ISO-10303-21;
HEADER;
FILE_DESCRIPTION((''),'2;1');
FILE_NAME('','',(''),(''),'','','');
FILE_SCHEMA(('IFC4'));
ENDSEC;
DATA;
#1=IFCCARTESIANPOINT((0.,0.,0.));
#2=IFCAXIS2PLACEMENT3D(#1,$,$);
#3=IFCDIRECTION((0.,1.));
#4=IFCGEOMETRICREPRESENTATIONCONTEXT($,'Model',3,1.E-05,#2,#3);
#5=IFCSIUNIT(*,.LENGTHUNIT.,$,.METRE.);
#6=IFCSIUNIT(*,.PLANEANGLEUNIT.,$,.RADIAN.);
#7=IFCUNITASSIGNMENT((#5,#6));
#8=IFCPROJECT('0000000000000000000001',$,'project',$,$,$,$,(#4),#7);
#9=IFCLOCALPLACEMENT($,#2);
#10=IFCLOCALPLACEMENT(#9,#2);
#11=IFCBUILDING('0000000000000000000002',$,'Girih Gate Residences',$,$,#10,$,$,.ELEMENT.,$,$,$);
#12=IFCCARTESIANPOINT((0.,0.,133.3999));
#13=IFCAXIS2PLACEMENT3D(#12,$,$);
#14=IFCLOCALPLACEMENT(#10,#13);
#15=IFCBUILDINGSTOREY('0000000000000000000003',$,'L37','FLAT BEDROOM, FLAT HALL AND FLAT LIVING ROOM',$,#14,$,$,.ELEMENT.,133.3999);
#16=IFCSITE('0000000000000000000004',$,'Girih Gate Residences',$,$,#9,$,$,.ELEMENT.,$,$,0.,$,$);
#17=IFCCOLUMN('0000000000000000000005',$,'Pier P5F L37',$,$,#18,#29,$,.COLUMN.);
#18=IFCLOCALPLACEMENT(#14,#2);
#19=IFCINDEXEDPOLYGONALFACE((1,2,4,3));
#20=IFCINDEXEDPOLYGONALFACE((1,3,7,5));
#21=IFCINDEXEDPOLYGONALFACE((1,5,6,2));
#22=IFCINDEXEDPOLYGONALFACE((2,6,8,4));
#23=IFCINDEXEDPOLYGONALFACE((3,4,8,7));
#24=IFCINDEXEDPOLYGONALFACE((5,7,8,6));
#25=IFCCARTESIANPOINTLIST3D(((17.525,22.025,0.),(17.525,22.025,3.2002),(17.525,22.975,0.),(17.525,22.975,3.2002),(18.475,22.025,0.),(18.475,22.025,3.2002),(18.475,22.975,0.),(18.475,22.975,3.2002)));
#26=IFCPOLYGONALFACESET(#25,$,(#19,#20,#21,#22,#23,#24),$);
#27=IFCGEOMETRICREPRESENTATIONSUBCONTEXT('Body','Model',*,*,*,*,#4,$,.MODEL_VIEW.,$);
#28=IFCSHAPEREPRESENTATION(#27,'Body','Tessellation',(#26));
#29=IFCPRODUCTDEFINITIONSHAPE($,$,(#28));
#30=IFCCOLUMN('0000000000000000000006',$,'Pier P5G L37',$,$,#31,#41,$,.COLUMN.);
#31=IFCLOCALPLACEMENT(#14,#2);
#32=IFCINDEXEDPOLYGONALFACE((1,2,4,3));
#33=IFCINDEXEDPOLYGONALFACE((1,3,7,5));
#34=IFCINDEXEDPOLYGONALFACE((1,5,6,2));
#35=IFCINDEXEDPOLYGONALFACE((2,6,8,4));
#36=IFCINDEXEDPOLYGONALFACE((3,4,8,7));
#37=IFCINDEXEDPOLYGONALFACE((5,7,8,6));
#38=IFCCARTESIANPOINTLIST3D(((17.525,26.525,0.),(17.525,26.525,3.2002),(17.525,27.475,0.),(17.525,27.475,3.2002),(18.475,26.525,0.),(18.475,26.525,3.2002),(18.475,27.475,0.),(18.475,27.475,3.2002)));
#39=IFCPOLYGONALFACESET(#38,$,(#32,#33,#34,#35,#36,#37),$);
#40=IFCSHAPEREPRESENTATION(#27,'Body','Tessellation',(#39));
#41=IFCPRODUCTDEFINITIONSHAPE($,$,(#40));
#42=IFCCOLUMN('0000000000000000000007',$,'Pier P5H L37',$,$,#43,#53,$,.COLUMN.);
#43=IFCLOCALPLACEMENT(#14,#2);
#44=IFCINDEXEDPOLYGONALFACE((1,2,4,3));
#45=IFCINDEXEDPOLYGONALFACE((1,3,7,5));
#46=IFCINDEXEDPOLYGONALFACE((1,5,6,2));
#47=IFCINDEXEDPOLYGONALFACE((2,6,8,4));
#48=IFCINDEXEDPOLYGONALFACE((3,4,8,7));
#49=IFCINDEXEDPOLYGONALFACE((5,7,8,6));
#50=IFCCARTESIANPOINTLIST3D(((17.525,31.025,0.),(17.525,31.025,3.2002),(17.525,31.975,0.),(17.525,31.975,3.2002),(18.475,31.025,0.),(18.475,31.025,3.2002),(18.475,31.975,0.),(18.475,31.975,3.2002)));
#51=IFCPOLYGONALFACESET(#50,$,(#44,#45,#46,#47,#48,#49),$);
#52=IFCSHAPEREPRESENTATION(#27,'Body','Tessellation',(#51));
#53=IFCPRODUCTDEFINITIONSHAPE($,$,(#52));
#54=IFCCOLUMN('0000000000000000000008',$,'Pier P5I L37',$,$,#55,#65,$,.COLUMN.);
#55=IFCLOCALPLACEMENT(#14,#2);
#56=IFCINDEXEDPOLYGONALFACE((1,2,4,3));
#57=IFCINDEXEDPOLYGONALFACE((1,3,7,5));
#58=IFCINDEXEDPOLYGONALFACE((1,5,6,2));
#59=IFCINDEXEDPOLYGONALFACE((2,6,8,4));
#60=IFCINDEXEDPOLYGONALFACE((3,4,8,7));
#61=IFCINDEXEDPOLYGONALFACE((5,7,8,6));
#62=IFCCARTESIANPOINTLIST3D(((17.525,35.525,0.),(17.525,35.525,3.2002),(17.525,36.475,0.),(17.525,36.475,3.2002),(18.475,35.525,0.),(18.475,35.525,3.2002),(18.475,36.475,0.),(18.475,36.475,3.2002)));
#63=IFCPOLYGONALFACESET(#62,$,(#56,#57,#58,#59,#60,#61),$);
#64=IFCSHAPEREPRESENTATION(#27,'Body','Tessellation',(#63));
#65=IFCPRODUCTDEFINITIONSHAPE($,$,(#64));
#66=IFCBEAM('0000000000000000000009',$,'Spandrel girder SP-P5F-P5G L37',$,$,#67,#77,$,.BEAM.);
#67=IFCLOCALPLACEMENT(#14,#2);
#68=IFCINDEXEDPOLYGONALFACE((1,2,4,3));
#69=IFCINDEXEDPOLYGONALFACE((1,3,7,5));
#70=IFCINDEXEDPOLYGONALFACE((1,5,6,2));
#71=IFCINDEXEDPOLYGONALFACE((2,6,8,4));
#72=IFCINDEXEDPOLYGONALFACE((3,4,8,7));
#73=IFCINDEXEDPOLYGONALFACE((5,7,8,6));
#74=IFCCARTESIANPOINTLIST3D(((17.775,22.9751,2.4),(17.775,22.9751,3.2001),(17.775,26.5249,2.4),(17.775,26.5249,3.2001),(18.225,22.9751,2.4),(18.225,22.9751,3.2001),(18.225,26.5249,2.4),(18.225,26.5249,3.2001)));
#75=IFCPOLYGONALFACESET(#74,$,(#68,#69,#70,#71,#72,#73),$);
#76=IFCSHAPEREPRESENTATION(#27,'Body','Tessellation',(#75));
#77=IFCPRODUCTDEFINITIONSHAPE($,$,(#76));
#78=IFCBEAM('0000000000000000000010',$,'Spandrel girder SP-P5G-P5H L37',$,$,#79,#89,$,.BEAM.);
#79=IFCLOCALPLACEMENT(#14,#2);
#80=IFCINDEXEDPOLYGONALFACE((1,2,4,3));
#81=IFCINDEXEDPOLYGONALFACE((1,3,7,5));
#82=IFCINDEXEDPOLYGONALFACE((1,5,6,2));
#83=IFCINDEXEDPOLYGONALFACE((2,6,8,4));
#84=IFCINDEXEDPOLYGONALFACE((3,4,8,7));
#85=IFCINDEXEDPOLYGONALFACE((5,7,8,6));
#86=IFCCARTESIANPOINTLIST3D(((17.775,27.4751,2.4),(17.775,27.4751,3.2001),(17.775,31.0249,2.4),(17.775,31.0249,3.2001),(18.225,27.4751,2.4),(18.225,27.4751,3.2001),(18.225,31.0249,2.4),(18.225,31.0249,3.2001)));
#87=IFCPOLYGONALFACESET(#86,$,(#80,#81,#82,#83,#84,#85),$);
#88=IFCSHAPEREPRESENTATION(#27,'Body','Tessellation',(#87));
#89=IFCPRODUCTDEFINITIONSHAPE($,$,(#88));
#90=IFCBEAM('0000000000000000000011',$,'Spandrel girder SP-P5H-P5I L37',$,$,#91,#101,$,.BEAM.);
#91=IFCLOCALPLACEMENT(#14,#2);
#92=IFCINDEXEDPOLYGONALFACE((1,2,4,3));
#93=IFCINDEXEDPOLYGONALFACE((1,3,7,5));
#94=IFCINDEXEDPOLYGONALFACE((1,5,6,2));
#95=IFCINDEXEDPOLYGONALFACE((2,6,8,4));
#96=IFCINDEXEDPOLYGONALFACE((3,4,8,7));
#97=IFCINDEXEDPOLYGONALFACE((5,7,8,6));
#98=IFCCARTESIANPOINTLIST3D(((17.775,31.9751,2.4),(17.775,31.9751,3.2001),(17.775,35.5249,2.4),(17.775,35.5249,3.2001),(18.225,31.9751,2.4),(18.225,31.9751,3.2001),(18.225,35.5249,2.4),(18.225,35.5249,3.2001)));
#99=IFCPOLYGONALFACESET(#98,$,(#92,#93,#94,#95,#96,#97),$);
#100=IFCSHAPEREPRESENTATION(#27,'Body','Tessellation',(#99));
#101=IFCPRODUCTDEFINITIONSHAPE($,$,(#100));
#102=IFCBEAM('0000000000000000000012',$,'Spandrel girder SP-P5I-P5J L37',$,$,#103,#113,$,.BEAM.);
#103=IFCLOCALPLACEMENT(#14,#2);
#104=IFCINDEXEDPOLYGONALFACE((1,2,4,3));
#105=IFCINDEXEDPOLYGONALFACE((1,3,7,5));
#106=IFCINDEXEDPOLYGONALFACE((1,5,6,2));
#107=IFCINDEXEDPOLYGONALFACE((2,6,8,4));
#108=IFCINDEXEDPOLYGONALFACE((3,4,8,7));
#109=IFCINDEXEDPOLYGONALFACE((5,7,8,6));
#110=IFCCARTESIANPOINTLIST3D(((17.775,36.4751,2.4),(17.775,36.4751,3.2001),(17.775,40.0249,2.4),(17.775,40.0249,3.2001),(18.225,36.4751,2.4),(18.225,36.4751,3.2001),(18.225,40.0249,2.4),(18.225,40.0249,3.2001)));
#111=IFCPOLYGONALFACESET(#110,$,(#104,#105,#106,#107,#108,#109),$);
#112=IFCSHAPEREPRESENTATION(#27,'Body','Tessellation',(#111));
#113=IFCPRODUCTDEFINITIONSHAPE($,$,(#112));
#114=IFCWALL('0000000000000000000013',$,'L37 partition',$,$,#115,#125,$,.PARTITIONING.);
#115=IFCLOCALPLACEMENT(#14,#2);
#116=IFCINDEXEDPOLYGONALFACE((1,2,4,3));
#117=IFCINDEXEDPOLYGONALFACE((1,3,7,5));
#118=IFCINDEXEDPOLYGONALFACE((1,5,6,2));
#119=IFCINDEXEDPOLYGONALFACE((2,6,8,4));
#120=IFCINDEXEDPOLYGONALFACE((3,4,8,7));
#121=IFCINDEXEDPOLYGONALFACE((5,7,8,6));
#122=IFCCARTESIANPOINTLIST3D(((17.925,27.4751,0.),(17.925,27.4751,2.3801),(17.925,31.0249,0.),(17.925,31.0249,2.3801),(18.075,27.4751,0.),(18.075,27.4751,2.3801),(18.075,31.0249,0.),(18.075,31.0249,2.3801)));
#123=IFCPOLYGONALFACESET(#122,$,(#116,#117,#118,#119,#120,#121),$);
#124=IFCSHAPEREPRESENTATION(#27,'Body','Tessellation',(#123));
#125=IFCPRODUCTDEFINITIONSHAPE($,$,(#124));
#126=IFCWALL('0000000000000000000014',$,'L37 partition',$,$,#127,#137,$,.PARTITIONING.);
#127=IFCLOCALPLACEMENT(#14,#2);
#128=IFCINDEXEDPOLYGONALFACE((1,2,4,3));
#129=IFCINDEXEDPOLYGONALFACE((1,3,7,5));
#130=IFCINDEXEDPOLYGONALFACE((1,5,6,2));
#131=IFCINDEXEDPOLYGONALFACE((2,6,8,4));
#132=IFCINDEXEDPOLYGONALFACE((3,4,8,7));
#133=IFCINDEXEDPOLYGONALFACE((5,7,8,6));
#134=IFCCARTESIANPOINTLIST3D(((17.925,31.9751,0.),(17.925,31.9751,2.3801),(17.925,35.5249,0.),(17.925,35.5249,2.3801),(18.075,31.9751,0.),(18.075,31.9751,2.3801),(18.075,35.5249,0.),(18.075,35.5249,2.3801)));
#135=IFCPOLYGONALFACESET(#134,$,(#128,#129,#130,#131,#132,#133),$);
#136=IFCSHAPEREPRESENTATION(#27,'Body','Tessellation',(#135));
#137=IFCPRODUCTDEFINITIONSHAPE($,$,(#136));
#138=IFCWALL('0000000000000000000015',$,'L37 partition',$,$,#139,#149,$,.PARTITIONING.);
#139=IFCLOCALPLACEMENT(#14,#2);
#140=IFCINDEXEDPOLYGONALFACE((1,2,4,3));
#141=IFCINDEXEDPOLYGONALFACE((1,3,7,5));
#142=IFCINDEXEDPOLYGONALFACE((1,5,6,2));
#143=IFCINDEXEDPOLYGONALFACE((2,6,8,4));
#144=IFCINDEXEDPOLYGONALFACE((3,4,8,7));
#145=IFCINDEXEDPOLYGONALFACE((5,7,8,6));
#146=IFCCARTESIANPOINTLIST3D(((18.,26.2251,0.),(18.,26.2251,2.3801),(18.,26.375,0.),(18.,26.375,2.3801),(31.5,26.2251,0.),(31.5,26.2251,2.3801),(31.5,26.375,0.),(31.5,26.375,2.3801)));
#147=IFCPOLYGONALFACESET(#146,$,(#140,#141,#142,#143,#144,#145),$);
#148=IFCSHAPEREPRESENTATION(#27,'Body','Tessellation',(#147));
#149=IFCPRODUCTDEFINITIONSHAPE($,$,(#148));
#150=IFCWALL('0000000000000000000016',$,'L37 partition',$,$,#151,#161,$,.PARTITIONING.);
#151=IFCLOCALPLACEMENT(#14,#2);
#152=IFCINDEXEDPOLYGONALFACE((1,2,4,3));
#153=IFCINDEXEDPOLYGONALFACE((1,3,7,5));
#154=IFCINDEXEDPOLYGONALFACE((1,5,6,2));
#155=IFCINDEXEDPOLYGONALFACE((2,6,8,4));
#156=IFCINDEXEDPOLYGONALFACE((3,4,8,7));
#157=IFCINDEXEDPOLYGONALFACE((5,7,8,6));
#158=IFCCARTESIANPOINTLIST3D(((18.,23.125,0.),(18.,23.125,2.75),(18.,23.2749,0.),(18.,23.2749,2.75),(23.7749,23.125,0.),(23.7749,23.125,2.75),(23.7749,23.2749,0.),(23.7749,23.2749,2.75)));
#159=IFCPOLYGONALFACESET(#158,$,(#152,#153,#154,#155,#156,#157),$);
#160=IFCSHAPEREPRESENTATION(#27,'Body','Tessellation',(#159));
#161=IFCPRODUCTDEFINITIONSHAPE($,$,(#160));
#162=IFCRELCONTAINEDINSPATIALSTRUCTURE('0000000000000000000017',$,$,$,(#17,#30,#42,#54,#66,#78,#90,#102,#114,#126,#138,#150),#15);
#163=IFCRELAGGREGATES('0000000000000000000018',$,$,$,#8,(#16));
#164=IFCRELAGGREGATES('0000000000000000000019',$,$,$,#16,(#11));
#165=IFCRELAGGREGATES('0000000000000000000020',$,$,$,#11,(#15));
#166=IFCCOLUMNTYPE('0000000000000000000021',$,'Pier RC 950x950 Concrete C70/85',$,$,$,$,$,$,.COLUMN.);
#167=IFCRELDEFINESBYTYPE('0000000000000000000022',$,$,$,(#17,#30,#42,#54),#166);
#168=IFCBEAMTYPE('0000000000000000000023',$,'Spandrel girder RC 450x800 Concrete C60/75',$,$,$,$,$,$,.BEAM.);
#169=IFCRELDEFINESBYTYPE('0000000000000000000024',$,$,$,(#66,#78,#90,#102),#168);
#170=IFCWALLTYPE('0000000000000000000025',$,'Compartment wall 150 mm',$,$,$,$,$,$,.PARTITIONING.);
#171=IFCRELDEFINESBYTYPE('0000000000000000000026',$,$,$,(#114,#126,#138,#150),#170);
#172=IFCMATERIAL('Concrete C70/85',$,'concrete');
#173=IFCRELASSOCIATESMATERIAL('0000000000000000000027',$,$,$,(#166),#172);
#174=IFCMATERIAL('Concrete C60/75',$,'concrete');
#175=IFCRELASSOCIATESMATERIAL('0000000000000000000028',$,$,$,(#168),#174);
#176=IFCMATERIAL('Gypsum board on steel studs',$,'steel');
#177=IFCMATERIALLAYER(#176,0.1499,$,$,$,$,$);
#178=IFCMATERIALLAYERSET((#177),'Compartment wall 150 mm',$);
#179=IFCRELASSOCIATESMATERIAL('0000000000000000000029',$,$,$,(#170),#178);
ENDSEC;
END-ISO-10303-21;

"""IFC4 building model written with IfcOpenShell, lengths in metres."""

from ifc_helpers import new_model, si_unit, direction, frame, frame_2d, origin, origin_2d, place, context, subcontext, project, spatial, rectangle, extrude, material, layer, layer_set, material_profile, profile_set, type_object, element, save


model = new_model("IFC4")

# Units and contexts
model_context = context("Model", 3, precision=1e-05, world=origin(), true_north=direction((0.0, 1.0)))
body_context = subcontext(model_context, "Body", "Model", "MODEL_VIEW")
ifc_project = project(units=[si_unit("LENGTHUNIT", "METRE"), si_unit("PLANEANGLEUNIT", "RADIAN")], contexts=[model_context])

# Site, building, storey
site_placement = place(None, origin())
site = spatial("IfcSite", under=ifc_project, at=site_placement, Name="Girih Gate Residences", CompositionType="ELEMENT", RefElevation=0.0)
building_placement = place(site_placement, origin())
building = spatial("IfcBuilding", under=site, at=building_placement, Name="Girih Gate Residences", CompositionType="ELEMENT")
storey_placement = place(building_placement, frame((0.0, 0.0, 133.3999)))
storey = spatial("IfcBuildingStorey", under=building, at=storey_placement, Name="L37", Description="FLAT BEDROOM, FLAT HALL AND FLAT LIVING ROOM", CompositionType="ELEMENT", Elevation=133.3999)

# Columns
ifc_material_1 = material(Name="Concrete C70/85", Category="concrete")
ifc_material_profile_1 = material_profile(ifc_material_1, rectangle(XDim=0.95, YDim=0.95, at=origin_2d()))
ifc_profile_set_1 = profile_set([ifc_material_profile_1], Name="Concrete C70/85")
column_type = type_object("IfcColumnType", Name="Pier RC 950x950 Concrete C70/85", PredefinedType="COLUMN", material=ifc_profile_set_1)
for number, where, z_axis, x_axis, name in (
    (1, (18.0, 22.5, 0.0), (0.0, 0.0, 1.0), (1.0, 0.0, 0.0), "Pier P5F L37"),
    (2, (18.0, 27.0, 0.0), (0.0, 0.0, 1.0), (1.0, 0.0, 0.0), "Pier P5G L37"),
    (3, (18.0, 31.5, 0.0), (0.0, 0.0, 1.0), (1.0, 0.0, 0.0), "Pier P5H L37"),
    (4, (18.0, 36.0, 0.0), (0.0, 0.0, 1.0), (1.0, 0.0, 0.0), "Pier P5I L37"),
):
    element("IfcColumn", number, at=place(storey_placement, frame(where, z_axis=z_axis, x_axis=x_axis)), inside=storey, type_object=column_type, Name=name, PredefinedType="COLUMN", context=body_context, shape_type="SweptSolid", body=[
        extrude(rectangle(XDim=0.95, YDim=0.95, at=origin_2d()), origin(), (0.0, 0.0, 1.0), 3.2002),
    ])

# Beams
ifc_material_2 = material(Name="Concrete C60/75", Category="concrete")
ifc_material_profile_2 = material_profile(ifc_material_2, rectangle(XDim=0.45, YDim=0.8, at=origin_2d()))
ifc_profile_set_2 = profile_set([ifc_material_profile_2], Name="Concrete C60/75")
beam_type = type_object("IfcBeamType", Name="Spandrel girder RC 450x800 Concrete C60/75", PredefinedType="BEAM", material=ifc_profile_set_2)
for number, where, z_axis, x_axis, name in (
    (5, (18.0, 22.9751, 2.8), (0.0, 1.0, 0.0), (-1.0, 0.0, 0.0), "Spandrel girder SP-P5F-P5G L37"),
    (6, (18.0, 27.4751, 2.8), (0.0, 1.0, 0.0), (-1.0, 0.0, 0.0), "Spandrel girder SP-P5G-P5H L37"),
    (7, (18.0, 31.9751, 2.8), (0.0, 1.0, 0.0), (-1.0, 0.0, 0.0), "Spandrel girder SP-P5H-P5I L37"),
    (8, (18.0, 36.4751, 2.8), (0.0, 1.0, 0.0), (-1.0, 0.0, 0.0), "Spandrel girder SP-P5I-P5J L37"),
):
    element("IfcBeam", number, at=place(storey_placement, frame(where, z_axis=z_axis, x_axis=x_axis)), inside=storey, type_object=beam_type, Name=name, PredefinedType="BEAM", context=body_context, shape_type="SweptSolid", body=[
        extrude(rectangle(XDim=0.45, YDim=0.8, at=origin_2d()), origin(), (0.0, 0.0, 1.0), 3.5498),
    ])

# Walls
ifc_material_3 = material(Name="Gypsum board on steel studs", Category="steel")
ifc_layer_1 = layer(ifc_material_3, 0.1499)
ifc_layer_set_1 = layer_set([ifc_layer_1], Name="Compartment wall 150 mm")
wall_type_1 = type_object("IfcWallType", Name="Compartment wall 150 mm", PredefinedType="PARTITIONING", material=ifc_layer_set_1)
for number, where, z_axis, x_axis, name in (
    (9, (18.0, 27.4751, 0.0), (0.0, 0.0, 1.0), (0.0, 1.0, 0.0), "L37 partition"),
    (10, (18.0, 31.9751, 0.0), (0.0, 0.0, 1.0), (0.0, 1.0, 0.0), "L37 partition"),
):
    element("IfcWall", number, at=place(storey_placement, frame(where, z_axis=z_axis, x_axis=x_axis)), inside=storey, type_object=wall_type_1, Name=name, PredefinedType="PARTITIONING", context=body_context, shape_type="SweptSolid", body=[
        extrude(rectangle(XDim=3.5498, YDim=0.1499, at=frame_2d((1.7749, 0.0))), origin(), (0.0, 0.0, 1.0), 2.3801),
    ])
wall_1_placement = place(storey_placement, frame((18.0, 26.3, 0.0), z_axis=(0.0, 0.0, 1.0), x_axis=(1.0, 0.0, 0.0)))
element("IfcWall", 11, at=wall_1_placement, inside=storey, type_object=wall_type_1, Name="L37 partition", PredefinedType="PARTITIONING", context=body_context, shape_type="SweptSolid", body=[
    extrude(rectangle(XDim=13.5, YDim=0.1499, at=frame_2d((6.75, 0.0))), origin(), (0.0, 0.0, 1.0), 2.3801),
])
wall_2_placement = place(storey_placement, frame((18.0, 23.2, 0.0), z_axis=(0.0, 0.0, 1.0), x_axis=(1.0, 0.0, 0.0)))
element("IfcWall", 12, at=wall_2_placement, inside=storey, type_object=wall_type_1, Name="L37 partition", PredefinedType="PARTITIONING", context=body_context, shape_type="SweptSolid", body=[
    extrude(rectangle(XDim=5.7749, YDim=0.1499, at=frame_2d((2.8875, 0.0))), origin(), (0.0, 0.0, 1.0), 2.75),
])

save(model, "model.ifc")
